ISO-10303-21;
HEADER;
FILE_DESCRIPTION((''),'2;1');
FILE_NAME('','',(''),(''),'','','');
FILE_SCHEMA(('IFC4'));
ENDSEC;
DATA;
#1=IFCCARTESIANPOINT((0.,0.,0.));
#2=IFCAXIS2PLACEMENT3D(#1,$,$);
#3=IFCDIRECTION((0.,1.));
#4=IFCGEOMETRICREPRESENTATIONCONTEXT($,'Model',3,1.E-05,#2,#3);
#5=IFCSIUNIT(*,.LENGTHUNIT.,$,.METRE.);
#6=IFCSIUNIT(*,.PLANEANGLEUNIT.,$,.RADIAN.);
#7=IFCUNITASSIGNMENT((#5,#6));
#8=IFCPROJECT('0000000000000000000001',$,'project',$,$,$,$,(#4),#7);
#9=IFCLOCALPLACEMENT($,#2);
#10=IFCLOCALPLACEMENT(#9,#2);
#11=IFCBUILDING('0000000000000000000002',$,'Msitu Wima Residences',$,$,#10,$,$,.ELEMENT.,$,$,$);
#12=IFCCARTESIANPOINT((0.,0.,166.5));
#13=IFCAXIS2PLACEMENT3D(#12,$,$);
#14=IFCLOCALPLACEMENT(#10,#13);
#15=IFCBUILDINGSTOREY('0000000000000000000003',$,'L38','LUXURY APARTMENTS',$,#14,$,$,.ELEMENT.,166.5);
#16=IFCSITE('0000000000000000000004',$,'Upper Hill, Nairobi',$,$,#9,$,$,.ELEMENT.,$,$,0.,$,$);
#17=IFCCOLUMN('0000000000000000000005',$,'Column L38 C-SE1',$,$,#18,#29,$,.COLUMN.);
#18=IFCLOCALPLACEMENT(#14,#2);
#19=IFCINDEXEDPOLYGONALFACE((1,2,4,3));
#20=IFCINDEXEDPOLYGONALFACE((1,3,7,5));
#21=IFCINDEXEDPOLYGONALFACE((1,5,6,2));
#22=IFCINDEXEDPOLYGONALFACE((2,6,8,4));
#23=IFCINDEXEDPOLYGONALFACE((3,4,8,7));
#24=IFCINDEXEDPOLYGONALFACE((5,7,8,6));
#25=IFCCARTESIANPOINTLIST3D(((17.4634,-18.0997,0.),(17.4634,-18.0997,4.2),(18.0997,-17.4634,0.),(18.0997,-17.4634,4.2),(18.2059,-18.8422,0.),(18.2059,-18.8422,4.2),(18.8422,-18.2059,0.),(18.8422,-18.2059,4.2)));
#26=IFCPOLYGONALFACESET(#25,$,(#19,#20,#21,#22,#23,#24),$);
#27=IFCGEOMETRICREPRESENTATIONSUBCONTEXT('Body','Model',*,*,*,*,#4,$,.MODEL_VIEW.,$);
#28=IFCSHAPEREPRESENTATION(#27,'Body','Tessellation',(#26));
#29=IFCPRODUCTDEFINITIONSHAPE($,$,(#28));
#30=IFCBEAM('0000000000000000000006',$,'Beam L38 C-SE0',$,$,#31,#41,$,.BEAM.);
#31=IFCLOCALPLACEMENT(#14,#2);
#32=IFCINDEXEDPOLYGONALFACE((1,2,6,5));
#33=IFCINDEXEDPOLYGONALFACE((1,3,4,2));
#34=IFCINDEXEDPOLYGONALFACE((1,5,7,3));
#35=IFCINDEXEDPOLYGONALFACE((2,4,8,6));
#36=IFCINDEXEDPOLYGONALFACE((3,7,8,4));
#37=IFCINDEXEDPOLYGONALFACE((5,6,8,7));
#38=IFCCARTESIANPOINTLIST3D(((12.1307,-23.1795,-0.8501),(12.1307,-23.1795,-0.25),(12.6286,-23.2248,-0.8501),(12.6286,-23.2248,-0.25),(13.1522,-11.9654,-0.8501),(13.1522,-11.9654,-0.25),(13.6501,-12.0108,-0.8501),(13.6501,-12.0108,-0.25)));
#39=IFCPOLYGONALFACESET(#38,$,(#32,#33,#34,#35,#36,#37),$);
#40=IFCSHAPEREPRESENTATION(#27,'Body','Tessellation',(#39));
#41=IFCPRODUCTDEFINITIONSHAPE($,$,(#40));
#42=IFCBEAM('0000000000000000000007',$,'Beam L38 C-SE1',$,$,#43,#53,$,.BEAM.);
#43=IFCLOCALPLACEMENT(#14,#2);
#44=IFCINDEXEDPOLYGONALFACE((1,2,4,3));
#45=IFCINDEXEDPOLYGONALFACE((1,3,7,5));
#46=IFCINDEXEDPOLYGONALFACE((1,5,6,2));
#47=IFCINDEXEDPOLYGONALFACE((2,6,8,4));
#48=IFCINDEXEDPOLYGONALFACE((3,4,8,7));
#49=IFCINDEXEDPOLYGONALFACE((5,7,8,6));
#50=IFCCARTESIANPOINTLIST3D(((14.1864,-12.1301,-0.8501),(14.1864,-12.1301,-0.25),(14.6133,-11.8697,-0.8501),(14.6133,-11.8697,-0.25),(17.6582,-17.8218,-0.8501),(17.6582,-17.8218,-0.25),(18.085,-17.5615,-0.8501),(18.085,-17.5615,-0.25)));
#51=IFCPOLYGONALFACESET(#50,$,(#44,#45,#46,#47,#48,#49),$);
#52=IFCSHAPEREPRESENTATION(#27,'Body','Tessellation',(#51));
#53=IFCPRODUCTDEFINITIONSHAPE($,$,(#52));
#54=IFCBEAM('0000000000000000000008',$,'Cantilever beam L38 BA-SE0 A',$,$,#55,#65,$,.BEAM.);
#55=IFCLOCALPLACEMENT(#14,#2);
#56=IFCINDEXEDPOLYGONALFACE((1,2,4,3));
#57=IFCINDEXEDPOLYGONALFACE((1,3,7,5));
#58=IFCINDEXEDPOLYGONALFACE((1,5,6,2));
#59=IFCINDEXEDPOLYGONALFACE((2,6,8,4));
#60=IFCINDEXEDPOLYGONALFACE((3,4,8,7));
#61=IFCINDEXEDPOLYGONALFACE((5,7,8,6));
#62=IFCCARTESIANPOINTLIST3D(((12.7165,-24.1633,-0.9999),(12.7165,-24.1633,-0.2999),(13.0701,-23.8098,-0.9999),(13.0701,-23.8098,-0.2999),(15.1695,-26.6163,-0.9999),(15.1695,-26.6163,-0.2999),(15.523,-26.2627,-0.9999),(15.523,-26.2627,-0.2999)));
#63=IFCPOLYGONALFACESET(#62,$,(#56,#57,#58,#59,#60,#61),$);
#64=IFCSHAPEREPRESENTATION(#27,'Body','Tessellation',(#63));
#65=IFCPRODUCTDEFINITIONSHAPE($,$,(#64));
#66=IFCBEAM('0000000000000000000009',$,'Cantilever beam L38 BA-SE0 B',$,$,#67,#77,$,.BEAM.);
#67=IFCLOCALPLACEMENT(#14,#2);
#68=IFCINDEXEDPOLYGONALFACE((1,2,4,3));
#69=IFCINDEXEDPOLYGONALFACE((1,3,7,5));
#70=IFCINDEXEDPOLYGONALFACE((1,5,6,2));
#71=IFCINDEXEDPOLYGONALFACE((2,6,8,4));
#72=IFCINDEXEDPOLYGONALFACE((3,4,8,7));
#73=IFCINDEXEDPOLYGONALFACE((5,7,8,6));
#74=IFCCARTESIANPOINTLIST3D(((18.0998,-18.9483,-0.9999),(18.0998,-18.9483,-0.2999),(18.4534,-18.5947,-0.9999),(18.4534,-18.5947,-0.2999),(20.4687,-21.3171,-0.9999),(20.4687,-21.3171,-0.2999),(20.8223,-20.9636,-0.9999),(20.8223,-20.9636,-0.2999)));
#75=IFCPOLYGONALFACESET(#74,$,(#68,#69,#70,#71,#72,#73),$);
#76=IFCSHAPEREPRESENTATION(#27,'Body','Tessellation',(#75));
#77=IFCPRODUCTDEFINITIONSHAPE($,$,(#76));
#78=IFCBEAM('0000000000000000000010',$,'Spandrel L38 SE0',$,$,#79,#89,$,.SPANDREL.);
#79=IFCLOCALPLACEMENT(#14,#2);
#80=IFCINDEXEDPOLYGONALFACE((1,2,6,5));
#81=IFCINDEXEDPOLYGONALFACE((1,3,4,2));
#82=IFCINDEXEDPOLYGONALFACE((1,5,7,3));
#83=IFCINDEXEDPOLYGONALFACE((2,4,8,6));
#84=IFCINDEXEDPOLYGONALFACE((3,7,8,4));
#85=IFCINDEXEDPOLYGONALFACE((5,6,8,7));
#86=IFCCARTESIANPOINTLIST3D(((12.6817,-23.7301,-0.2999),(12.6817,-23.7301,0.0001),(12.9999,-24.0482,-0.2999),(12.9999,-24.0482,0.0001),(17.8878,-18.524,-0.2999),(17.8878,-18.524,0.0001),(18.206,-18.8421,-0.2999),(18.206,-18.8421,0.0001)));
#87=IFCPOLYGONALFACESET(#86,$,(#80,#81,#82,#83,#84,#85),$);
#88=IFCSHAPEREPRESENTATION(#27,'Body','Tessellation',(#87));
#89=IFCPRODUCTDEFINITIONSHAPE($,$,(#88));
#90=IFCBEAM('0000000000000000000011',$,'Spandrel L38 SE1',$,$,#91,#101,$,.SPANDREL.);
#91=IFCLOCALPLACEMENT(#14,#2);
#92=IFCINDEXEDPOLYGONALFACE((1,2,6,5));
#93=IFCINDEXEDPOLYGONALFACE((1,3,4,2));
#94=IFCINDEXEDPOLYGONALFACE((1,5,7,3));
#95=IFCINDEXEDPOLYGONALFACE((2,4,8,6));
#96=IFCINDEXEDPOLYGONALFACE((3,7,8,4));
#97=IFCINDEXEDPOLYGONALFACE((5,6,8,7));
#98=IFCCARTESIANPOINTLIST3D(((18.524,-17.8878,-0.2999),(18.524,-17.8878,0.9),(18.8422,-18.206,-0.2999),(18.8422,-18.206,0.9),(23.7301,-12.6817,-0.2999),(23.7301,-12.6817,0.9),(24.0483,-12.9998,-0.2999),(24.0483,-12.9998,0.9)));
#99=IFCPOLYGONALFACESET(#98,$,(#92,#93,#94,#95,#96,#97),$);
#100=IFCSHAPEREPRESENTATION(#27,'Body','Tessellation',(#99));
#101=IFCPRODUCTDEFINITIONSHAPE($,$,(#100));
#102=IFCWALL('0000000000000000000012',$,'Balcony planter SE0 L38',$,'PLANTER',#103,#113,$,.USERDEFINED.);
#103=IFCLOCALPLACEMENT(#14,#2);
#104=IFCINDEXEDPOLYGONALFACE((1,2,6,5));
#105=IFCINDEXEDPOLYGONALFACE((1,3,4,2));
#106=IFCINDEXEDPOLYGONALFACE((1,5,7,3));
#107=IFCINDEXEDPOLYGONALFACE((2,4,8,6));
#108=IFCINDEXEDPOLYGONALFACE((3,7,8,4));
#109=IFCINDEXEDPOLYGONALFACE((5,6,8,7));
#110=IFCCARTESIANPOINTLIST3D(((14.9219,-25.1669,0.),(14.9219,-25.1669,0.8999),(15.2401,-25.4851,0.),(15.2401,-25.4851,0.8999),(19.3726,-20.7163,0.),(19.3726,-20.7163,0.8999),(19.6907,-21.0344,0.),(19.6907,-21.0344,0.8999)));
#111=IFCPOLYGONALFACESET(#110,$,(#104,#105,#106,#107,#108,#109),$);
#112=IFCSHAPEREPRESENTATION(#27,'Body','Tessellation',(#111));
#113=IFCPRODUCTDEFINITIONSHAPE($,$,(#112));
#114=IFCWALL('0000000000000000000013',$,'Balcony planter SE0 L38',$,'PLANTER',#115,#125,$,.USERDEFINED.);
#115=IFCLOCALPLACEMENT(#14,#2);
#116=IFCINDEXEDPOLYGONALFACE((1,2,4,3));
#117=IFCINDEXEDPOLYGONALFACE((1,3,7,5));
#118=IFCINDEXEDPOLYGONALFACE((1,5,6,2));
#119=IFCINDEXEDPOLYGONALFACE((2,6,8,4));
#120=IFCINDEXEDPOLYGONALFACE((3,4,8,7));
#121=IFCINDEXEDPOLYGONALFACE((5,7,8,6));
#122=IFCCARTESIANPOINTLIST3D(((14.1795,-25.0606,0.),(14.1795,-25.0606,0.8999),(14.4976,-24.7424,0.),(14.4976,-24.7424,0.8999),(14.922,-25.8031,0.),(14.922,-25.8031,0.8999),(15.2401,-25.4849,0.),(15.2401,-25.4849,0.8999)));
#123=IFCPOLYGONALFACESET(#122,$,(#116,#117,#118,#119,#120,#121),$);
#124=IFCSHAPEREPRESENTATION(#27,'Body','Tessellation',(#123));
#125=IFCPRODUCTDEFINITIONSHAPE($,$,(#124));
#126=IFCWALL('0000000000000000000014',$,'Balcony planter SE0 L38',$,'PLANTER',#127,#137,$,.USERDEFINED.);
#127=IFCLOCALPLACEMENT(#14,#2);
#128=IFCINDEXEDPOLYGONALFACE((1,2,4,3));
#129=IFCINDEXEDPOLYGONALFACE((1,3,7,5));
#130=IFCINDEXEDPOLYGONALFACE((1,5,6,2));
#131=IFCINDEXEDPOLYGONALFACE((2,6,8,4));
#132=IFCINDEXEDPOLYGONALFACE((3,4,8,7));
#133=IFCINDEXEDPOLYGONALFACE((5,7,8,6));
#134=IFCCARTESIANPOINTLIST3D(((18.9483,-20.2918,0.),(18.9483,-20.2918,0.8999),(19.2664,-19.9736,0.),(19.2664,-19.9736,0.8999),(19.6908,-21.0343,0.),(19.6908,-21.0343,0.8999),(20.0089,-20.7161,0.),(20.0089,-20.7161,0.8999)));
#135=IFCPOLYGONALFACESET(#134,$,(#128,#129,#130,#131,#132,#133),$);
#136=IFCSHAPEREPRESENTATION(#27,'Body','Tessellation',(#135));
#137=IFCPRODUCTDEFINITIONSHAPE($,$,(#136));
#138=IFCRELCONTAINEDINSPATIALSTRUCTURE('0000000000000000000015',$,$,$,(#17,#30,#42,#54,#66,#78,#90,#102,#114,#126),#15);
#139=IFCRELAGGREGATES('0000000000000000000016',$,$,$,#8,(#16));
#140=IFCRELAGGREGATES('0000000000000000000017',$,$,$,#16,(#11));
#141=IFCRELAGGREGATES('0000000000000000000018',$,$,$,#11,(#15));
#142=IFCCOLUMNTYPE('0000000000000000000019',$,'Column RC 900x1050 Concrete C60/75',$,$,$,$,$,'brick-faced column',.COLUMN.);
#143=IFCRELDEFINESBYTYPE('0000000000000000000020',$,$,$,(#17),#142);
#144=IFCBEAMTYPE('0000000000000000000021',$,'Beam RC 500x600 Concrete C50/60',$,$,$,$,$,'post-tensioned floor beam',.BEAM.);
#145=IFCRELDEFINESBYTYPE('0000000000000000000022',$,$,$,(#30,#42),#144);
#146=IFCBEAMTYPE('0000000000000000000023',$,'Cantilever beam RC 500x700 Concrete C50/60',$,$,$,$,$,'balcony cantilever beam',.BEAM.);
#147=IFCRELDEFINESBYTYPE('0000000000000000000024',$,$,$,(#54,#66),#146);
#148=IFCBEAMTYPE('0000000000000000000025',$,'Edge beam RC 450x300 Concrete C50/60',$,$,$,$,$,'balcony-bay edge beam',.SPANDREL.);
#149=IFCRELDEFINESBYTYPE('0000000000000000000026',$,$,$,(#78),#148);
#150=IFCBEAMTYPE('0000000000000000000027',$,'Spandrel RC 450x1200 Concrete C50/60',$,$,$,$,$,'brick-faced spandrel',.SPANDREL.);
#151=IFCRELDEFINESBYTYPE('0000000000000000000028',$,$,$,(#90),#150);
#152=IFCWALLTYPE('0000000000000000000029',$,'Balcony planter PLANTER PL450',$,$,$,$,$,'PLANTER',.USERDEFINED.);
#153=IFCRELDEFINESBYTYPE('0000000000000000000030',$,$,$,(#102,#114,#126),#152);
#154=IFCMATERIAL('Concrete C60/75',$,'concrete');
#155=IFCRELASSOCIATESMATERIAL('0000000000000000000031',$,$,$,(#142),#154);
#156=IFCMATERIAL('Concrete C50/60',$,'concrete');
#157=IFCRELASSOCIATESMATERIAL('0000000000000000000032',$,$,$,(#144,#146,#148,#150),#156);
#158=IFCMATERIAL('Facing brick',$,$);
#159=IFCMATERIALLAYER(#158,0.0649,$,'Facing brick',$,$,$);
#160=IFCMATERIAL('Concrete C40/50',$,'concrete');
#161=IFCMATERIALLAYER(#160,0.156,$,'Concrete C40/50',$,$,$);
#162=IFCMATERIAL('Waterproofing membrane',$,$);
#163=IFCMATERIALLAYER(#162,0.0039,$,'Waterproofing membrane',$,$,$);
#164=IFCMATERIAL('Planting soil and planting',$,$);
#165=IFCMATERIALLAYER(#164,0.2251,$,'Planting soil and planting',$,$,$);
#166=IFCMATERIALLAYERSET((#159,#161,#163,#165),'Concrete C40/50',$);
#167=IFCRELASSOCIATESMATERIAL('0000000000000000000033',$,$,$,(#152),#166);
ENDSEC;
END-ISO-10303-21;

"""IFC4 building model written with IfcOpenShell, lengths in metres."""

from ifc_helpers import new_model, si_unit, direction, frame, frame_2d, origin, origin_2d, place, context, subcontext, project, spatial, rectangle, extrude, material, layer, layer_set, material_profile, profile_set, type_object, element, save


model = new_model("IFC4")

# Units and contexts
model_context = context("Model", 3, precision=1e-05, world=origin(), true_north=direction((0.0, 1.0)))
body_context = subcontext(model_context, "Body", "Model", "MODEL_VIEW")
ifc_project = project(units=[si_unit("LENGTHUNIT", "METRE"), si_unit("PLANEANGLEUNIT", "RADIAN")], contexts=[model_context])

# Site, building, storey
site_placement = place(None, origin())
site = spatial("IfcSite", under=ifc_project, at=site_placement, Name="Upper Hill, Nairobi", CompositionType="ELEMENT", RefElevation=0.0)
building_placement = place(site_placement, origin())
building = spatial("IfcBuilding", under=site, at=building_placement, Name="Msitu Wima Residences", CompositionType="ELEMENT")
storey_placement = place(building_placement, frame((0.0, 0.0, 166.5)))
storey = spatial("IfcBuildingStorey", under=building, at=storey_placement, Name="L38", Description="LUXURY APARTMENTS", CompositionType="ELEMENT", Elevation=166.5)

# Column
ifc_material_1 = material(Name="Concrete C60/75", Category="concrete")
ifc_material_profile_1 = material_profile(ifc_material_1, rectangle(XDim=0.8999, YDim=1.05, at=origin_2d()), Name="RC 900x1050")
ifc_profile_set_1 = profile_set([ifc_material_profile_1], Name="Concrete C60/75")
column_type = type_object("IfcColumnType", Name="Column RC 900x1050 Concrete C60/75", ElementType="brick-faced column", PredefinedType="COLUMN", material=ifc_profile_set_1)
column_placement = place(storey_placement, frame((18.1528, -18.1528, 0.0), z_axis=(0.0, 0.0, 1.0), x_axis=(0.707107, 0.707107, 0.0)))
element("IfcColumn", 1, at=column_placement, inside=storey, type_object=column_type, Name="Column L38 C-SE1", PredefinedType="COLUMN", context=body_context, shape_type="SweptSolid", body=[
    extrude(rectangle(XDim=0.8999, YDim=1.05, at=origin_2d()), origin(), (0.0, 0.0, 1.0), 4.2),
])

# Beams
ifc_material_2 = material(Name="Concrete C50/60", Category="concrete")
ifc_material_profile_2 = material_profile(ifc_material_2, rectangle(XDim=0.5, YDim=0.6001, at=origin_2d()), Name="RC 500x600")
ifc_profile_set_2 = profile_set([ifc_material_profile_2], Name="Concrete C50/60")
beam_type_1 = type_object("IfcBeamType", Name="Beam RC 500x600 Concrete C50/60", ElementType="post-tensioned floor beam", PredefinedType="BEAM", material=ifc_profile_set_2)
beam_1_placement = place(storey_placement, frame((12.3796, -23.2021, -0.55), z_axis=(0.090714, 0.995877, 0.0), x_axis=(-0.995877, 0.090714, 0.0)))
element("IfcBeam", 2, at=beam_1_placement, inside=storey, type_object=beam_type_1, Name="Beam L38 C-SE0", PredefinedType="BEAM", context=body_context, shape_type="SweptSolid", body=[
    extrude(rectangle(XDim=0.5, YDim=0.6001, at=origin_2d()), origin(), (0.0, 0.0, 1.0), 11.2605),
])
beam_2_placement = place(storey_placement, frame((17.8716, -17.6917, -0.55), z_axis=(-0.520734, 0.853719, 0.0), x_axis=(-0.853719, -0.520734, 0.0)))
element("IfcBeam", 3, at=beam_2_placement, inside=storey, type_object=beam_type_1, Name="Beam L38 C-SE1", PredefinedType="BEAM", context=body_context, shape_type="SweptSolid", body=[
    extrude(rectangle(XDim=0.5, YDim=0.6001, at=origin_2d()), origin(), (0.0, 0.0, 1.0), 6.667),
])
ifc_material_profile_3 = material_profile(ifc_material_2, rectangle(XDim=0.5, YDim=0.7, at=origin_2d()), Name="RC 500x700")
ifc_profile_set_3 = profile_set([ifc_material_profile_3], Name="Concrete C50/60")
beam_type_2 = type_object("IfcBeamType", Name="Cantilever beam RC 500x700 Concrete C50/60", ElementType="balcony cantilever beam", PredefinedType="BEAM", material=ifc_profile_set_3)
beam_3_placement = place(storey_placement, frame((12.8933, -23.9866, -0.6499), z_axis=(0.707107, -0.707107, 0.0), x_axis=(0.707107, 0.707107, 0.0)))
element("IfcBeam", 4, at=beam_3_placement, inside=storey, type_object=beam_type_2, Name="Cantilever beam L38 BA-SE0 A", PredefinedType="BEAM", context=body_context, shape_type="SweptSolid", body=[
    extrude(rectangle(XDim=0.5, YDim=0.7, at=origin_2d()), origin(), (0.0, 0.0, 1.0), 3.469),
])
beam_4_placement = place(storey_placement, frame((18.2766, -18.7715, -0.6499), z_axis=(0.707107, -0.707107, 0.0), x_axis=(0.707107, 0.707107, 0.0)))
element("IfcBeam", 5, at=beam_4_placement, inside=storey, type_object=beam_type_2, Name="Cantilever beam L38 BA-SE0 B", PredefinedType="BEAM", context=body_context, shape_type="SweptSolid", body=[
    extrude(rectangle(XDim=0.5, YDim=0.7, at=origin_2d()), origin(), (0.0, 0.0, 1.0), 3.3501),
])
ifc_material_profile_4 = material_profile(ifc_material_2, rectangle(XDim=0.45, YDim=0.3, at=origin_2d()), Name="RC 450x300")
ifc_profile_set_4 = profile_set([ifc_material_profile_4], Name="Concrete C50/60")
beam_type_3 = type_object("IfcBeamType", Name="Edge beam RC 450x300 Concrete C50/60", ElementType="balcony-bay edge beam", PredefinedType="SPANDREL", material=ifc_profile_set_4)
beam_5_placement = place(storey_placement, frame((12.8408, -23.8892, -0.1499), z_axis=(0.707107, 0.707107, 0.0), x_axis=(-0.707107, 0.707107, 0.0)))
element("IfcBeam", 6, at=beam_5_placement, inside=storey, type_object=beam_type_3, Name="Spandrel L38 SE0", PredefinedType="SPANDREL", context=body_context, shape_type="SweptSolid", body=[
    extrude(rectangle(XDim=0.45, YDim=0.3, at=origin_2d()), origin(), (0.0, 0.0, 1.0), 7.3625),
])
ifc_material_profile_5 = material_profile(ifc_material_2, rectangle(XDim=0.45, YDim=1.2, at=origin_2d()), Name="RC 450x1200")
ifc_profile_set_5 = profile_set([ifc_material_profile_5], Name="Concrete C50/60")
beam_type_4 = type_object("IfcBeamType", Name="Spandrel RC 450x1200 Concrete C50/60", ElementType="brick-faced spandrel", PredefinedType="SPANDREL", material=ifc_profile_set_5)
beam_6_placement = place(storey_placement, frame((18.6831, -18.0469, 0.3), z_axis=(0.707107, 0.707107, 0.0), x_axis=(-0.707107, 0.707107, 0.0)))
element("IfcBeam", 7, at=beam_6_placement, inside=storey, type_object=beam_type_4, Name="Spandrel L38 SE1", PredefinedType="SPANDREL", context=body_context, shape_type="SweptSolid", body=[
    extrude(rectangle(XDim=0.45, YDim=1.2, at=origin_2d()), origin(), (0.0, 0.0, 1.0), 7.3625),
])

# Walls
ifc_material_3 = material(Name="Facing brick")
ifc_layer_1 = layer(ifc_material_3, 0.0649, Name="Facing brick")
ifc_material_4 = material(Name="Concrete C40/50", Category="concrete")
ifc_layer_2 = layer(ifc_material_4, 0.156, Name="Concrete C40/50")
ifc_material_5 = material(Name="Waterproofing membrane")
ifc_layer_3 = layer(ifc_material_5, 0.0039, Name="Waterproofing membrane")
ifc_material_6 = material(Name="Planting soil and planting")
ifc_layer_4 = layer(ifc_material_6, 0.2251, Name="Planting soil and planting")
ifc_layer_set_1 = layer_set([ifc_layer_1, ifc_layer_2, ifc_layer_3, ifc_layer_4], Name="Concrete C40/50")
wall_type_1 = type_object("IfcWallType", Name="Balcony planter PLANTER PL450", ElementType="PLANTER", PredefinedType="USERDEFINED", material=ifc_layer_set_1)
wall_1_placement = place(storey_placement, frame((15.0811, -25.3259, 0.0), z_axis=(0.0, 0.0, 1.0), x_axis=(0.707107, 0.707107, 0.0)))
element("IfcWall", 8, at=wall_1_placement, inside=storey, type_object=wall_type_1, Name="Balcony planter SE0 L38", ObjectType="PLANTER", PredefinedType="USERDEFINED", context=body_context, shape_type="SweptSolid", body=[
    extrude(rectangle(XDim=6.2942, YDim=0.45, at=frame_2d((3.147, 0.0))), origin(), (0.0, 0.0, 1.0), 0.8999),
])
for number, where, z_axis, x_axis, name in (
    (9, (14.3386, -24.9016, 0.0), (0.0, 0.0, 1.0), (0.707107, -0.707107, 0.0), "Balcony planter SE0 L38"),
    (10, (19.1074, -20.1328, 0.0), (0.0, 0.0, 1.0), (0.707107, -0.707107, 0.0), "Balcony planter SE0 L38"),
):
    element("IfcWall", number, at=place(storey_placement, frame(where, z_axis=z_axis, x_axis=x_axis)), inside=storey, type_object=wall_type_1, Name=name, ObjectType="PLANTER", PredefinedType="USERDEFINED", context=body_context, shape_type="SweptSolid", body=[
        extrude(rectangle(XDim=1.05, YDim=0.45, at=frame_2d((0.5249, 0.0))), origin(), (0.0, 0.0, 1.0), 0.8999),
    ])

save(model, "model.ifc")
